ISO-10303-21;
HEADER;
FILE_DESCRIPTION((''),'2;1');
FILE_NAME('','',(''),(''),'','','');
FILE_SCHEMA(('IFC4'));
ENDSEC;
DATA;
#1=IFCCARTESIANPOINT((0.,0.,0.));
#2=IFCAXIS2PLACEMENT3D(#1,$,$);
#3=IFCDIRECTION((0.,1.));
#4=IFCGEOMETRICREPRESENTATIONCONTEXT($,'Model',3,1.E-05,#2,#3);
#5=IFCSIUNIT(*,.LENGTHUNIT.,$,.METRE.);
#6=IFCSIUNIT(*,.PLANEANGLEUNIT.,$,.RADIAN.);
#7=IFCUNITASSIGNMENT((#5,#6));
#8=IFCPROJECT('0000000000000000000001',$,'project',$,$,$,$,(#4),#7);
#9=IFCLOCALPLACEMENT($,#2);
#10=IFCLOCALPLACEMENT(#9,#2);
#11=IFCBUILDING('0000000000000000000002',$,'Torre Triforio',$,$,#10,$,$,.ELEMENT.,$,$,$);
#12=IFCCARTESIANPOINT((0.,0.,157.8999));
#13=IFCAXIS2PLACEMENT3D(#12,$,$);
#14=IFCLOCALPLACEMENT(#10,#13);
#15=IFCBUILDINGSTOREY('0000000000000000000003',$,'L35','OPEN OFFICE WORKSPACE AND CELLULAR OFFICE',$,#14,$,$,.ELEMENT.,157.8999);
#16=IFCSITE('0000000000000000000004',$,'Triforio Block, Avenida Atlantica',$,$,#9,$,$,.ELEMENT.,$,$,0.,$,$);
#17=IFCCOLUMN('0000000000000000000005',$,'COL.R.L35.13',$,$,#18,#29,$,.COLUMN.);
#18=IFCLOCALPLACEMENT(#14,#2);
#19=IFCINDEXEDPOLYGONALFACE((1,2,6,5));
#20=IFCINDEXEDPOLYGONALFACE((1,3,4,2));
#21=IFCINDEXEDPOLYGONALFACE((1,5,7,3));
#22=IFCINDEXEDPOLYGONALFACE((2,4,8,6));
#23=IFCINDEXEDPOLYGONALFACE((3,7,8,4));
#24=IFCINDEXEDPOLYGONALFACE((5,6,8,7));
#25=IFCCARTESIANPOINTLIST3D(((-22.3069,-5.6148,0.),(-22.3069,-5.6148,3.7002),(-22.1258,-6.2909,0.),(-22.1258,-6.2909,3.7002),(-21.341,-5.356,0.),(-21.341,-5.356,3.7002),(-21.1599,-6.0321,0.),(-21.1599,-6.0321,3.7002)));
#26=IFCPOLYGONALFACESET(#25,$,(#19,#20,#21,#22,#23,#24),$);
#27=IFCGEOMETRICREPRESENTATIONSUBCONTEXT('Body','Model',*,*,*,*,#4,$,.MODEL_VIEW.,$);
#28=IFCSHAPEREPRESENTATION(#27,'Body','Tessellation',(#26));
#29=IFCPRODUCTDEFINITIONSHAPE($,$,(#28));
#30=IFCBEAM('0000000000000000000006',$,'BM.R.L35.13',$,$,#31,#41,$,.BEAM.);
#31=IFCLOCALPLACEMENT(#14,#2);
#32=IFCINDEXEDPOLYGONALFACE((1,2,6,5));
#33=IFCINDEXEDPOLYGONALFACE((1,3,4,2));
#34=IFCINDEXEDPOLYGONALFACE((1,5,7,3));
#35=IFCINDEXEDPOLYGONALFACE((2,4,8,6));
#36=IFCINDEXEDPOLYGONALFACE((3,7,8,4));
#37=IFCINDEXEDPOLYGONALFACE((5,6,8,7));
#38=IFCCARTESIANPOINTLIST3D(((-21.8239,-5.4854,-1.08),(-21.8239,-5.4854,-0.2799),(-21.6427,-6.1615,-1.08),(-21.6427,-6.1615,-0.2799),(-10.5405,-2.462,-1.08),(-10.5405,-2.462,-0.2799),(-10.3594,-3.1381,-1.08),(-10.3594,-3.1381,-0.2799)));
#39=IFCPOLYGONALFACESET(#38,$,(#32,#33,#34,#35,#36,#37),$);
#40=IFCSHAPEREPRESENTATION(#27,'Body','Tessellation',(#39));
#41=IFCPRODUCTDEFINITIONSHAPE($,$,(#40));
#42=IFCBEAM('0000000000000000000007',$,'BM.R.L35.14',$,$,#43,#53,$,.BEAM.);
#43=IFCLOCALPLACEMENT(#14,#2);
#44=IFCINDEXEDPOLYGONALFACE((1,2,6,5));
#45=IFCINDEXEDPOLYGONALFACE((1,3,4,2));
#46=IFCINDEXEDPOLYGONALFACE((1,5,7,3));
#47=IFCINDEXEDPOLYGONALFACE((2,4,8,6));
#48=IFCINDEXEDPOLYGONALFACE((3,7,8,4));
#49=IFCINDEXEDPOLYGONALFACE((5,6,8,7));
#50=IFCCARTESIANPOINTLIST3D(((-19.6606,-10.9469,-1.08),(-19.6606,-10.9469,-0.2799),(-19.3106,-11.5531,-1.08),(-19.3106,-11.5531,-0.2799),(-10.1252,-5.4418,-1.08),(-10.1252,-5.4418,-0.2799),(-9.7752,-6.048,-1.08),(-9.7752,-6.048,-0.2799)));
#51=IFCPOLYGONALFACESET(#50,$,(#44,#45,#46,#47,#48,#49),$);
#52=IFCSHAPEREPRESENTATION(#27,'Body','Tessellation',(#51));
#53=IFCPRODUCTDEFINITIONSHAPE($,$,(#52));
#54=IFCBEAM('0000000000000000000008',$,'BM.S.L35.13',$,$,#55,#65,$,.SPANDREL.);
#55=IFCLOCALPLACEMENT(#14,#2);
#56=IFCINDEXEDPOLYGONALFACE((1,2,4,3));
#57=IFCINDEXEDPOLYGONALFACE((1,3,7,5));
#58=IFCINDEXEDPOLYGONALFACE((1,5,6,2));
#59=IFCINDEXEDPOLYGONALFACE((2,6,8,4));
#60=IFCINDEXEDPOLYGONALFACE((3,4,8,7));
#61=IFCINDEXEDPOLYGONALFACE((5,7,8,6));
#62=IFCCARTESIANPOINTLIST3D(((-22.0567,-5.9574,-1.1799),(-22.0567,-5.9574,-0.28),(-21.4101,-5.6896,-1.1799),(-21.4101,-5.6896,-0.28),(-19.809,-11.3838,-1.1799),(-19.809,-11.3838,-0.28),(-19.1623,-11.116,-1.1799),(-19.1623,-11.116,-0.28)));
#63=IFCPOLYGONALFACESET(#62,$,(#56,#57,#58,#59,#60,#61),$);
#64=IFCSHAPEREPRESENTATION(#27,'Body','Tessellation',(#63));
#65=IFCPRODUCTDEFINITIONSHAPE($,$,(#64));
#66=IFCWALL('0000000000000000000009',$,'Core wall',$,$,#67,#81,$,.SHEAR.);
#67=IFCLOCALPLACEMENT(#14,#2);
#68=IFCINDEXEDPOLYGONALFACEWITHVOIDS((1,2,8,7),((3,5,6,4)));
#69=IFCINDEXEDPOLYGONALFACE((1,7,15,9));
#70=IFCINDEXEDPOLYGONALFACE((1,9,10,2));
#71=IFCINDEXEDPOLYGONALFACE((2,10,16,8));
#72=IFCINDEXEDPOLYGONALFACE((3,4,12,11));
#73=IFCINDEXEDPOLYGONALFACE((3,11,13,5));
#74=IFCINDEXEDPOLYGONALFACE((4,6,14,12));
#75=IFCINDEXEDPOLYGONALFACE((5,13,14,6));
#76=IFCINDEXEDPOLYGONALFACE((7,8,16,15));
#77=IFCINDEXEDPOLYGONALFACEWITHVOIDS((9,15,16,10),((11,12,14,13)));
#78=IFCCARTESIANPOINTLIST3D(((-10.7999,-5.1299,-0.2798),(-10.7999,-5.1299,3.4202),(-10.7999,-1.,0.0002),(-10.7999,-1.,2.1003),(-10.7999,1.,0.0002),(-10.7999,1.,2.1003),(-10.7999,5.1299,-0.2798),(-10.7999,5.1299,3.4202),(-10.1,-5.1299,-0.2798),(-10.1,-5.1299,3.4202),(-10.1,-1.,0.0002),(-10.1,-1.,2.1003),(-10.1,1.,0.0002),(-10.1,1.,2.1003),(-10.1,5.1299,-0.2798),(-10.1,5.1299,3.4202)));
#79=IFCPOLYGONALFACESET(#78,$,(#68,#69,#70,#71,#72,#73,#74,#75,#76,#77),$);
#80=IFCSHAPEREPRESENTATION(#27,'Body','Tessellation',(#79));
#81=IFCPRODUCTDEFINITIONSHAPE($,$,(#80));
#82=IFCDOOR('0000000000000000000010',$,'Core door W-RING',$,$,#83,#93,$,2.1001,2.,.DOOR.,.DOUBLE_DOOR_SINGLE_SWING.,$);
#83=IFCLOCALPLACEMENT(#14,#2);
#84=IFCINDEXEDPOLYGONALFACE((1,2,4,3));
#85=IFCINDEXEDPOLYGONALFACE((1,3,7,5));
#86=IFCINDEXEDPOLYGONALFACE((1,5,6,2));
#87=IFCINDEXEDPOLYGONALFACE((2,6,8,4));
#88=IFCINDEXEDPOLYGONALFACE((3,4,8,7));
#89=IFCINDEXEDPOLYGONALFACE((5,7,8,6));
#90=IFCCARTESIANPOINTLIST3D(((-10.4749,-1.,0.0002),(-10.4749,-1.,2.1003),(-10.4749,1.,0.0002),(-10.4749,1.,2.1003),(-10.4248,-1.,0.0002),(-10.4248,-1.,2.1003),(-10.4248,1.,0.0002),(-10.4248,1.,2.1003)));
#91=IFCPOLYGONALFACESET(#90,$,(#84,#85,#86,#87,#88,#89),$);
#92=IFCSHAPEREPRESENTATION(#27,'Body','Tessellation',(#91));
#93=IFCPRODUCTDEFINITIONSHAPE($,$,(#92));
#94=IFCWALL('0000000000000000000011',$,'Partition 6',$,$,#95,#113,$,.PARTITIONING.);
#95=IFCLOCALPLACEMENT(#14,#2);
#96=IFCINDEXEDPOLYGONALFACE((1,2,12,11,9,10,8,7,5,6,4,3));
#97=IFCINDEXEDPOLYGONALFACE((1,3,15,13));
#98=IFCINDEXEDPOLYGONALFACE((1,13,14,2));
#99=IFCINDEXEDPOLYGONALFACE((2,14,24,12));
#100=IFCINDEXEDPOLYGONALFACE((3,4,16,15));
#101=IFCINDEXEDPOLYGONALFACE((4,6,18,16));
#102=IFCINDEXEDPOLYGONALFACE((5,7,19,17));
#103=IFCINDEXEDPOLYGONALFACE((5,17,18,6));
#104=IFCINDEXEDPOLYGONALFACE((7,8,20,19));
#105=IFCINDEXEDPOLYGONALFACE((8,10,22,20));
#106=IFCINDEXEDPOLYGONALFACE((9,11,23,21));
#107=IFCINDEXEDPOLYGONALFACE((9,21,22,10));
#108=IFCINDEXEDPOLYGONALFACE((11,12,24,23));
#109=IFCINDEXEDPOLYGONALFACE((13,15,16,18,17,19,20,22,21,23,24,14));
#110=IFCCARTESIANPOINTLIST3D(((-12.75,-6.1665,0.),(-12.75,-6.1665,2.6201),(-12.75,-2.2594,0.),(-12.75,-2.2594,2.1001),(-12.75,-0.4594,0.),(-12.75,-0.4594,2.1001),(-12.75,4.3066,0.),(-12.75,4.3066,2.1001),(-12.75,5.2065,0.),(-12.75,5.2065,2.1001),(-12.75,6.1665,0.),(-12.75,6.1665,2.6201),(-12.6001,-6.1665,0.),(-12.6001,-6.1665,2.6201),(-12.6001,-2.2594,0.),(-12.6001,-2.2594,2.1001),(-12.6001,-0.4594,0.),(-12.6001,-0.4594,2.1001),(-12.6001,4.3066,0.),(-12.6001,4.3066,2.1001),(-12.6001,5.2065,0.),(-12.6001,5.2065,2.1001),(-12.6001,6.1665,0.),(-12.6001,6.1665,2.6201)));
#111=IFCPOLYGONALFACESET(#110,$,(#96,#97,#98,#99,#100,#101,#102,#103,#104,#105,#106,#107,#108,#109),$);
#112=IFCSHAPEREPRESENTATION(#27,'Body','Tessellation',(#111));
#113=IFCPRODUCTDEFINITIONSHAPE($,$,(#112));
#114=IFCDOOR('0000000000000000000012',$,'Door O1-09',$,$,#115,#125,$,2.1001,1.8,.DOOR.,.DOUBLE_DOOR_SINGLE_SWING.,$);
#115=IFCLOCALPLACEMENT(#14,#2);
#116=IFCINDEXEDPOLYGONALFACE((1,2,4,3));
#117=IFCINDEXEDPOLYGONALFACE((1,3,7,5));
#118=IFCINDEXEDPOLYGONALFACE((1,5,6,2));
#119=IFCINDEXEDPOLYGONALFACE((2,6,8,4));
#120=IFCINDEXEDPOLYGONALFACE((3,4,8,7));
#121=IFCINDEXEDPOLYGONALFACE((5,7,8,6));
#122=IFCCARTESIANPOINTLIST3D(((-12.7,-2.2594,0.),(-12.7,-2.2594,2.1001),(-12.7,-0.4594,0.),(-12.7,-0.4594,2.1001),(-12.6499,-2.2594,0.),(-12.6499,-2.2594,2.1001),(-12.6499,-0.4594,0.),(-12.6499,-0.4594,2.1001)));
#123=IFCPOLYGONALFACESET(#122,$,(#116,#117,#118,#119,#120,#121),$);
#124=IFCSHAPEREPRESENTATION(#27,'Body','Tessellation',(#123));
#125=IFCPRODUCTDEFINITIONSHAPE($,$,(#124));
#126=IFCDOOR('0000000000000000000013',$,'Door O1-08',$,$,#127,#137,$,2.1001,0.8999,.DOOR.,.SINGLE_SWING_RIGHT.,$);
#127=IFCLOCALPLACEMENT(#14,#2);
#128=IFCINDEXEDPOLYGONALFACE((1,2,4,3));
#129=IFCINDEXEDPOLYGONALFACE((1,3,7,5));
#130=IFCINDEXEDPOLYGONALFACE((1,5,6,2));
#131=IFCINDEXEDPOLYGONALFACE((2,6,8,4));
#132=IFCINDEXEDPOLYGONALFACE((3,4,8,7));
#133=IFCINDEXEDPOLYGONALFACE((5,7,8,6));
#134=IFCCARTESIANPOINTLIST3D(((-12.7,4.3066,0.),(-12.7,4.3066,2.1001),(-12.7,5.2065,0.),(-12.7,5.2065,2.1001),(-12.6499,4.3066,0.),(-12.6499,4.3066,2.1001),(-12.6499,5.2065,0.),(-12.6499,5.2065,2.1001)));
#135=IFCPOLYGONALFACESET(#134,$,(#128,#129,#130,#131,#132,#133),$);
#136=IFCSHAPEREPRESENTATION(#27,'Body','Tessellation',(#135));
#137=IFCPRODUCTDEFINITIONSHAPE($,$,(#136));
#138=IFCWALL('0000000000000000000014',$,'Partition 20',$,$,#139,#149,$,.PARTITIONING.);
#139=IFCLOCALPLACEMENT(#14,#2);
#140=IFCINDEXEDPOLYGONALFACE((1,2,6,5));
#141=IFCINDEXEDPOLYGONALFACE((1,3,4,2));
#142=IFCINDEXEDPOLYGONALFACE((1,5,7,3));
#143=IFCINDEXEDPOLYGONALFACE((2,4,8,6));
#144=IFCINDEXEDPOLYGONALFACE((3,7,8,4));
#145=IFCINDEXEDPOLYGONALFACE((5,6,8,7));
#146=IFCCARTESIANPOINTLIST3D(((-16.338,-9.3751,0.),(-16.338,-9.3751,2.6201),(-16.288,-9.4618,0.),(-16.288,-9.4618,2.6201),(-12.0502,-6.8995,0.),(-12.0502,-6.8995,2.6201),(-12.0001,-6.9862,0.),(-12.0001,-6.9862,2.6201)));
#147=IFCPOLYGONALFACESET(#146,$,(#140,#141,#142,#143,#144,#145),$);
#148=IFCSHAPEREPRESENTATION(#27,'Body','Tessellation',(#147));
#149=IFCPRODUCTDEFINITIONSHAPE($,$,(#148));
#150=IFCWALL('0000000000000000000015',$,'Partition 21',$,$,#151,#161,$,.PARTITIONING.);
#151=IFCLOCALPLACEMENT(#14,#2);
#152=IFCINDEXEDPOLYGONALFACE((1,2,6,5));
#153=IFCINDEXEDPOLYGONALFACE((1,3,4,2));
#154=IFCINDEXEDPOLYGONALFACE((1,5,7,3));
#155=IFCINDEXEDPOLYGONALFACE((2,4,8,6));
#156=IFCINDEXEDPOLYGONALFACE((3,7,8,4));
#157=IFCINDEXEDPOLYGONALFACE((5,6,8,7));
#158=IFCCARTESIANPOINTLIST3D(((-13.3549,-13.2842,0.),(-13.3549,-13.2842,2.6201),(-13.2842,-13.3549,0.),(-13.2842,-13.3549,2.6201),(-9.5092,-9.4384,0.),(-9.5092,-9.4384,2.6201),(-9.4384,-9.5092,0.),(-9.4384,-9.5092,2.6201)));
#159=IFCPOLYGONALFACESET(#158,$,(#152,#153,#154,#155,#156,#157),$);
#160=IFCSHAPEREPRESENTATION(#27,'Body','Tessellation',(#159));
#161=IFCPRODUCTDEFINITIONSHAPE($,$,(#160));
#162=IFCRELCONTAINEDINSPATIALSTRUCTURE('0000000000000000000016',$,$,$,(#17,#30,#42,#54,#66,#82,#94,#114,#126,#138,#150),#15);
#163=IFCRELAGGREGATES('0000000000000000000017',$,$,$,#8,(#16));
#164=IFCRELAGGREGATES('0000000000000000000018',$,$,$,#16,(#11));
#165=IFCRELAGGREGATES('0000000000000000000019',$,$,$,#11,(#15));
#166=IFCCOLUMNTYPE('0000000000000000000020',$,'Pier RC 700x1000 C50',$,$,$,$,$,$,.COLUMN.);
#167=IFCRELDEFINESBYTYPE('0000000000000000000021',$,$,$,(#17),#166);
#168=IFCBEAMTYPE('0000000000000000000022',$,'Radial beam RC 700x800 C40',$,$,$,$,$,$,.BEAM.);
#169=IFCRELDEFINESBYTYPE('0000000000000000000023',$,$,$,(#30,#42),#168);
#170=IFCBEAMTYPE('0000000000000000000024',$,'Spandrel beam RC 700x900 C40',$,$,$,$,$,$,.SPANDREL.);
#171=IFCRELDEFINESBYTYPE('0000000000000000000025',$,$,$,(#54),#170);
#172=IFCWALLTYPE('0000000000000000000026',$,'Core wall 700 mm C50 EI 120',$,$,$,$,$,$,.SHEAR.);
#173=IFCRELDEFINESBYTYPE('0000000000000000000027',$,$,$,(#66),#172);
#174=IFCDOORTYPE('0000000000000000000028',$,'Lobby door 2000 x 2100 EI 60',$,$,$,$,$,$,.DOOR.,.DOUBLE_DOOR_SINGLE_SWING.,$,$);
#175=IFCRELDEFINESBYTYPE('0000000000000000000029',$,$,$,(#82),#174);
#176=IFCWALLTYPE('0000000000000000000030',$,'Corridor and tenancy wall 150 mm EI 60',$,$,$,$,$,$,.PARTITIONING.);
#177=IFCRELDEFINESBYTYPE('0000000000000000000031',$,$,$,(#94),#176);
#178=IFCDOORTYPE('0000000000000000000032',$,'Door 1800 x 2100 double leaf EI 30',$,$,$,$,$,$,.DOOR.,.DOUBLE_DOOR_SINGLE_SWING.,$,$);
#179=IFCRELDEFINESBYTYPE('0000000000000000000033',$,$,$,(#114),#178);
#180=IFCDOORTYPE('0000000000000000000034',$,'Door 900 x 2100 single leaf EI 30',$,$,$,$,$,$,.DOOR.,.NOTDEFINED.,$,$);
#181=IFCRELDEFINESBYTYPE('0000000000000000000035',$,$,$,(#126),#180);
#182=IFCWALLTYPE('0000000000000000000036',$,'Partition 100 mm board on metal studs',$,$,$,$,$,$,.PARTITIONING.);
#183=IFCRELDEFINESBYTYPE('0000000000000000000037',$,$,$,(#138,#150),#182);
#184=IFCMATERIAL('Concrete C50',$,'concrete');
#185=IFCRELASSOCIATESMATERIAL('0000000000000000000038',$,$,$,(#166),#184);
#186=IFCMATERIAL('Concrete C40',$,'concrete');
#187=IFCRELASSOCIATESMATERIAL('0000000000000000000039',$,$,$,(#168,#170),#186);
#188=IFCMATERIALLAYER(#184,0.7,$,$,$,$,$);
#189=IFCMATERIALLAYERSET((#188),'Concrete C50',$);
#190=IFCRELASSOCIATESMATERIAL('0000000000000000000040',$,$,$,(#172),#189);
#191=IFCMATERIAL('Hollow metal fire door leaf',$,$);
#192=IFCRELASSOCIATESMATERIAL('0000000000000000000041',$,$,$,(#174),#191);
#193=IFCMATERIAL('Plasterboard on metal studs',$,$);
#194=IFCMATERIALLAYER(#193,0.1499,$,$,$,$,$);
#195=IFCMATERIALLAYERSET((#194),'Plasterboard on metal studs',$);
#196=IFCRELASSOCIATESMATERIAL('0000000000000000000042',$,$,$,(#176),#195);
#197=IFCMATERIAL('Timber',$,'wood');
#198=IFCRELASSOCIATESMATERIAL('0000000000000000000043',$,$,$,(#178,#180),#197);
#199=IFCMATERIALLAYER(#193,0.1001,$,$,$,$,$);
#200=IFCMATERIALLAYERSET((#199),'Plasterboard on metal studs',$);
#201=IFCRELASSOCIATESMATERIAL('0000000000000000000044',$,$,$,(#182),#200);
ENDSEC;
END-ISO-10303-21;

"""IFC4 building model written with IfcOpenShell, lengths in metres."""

from ifc_helpers import new_model, si_unit, direction, frame, frame_2d, origin, origin_2d, place, context, subcontext, project, spatial, rectangle, extrude, material, layer, layer_set, material_profile, profile_set, type_object, element, fill, save


model = new_model("IFC4")

# Units and contexts
model_context = context("Model", 3, precision=1e-05, world=origin(), true_north=direction((0.0, 1.0)))
body_context = subcontext(model_context, "Body", "Model", "MODEL_VIEW")
ifc_project = project(units=[si_unit("LENGTHUNIT", "METRE"), si_unit("PLANEANGLEUNIT", "RADIAN")], contexts=[model_context])

# Site, building, storey
site_placement = place(None, origin())
site = spatial("IfcSite", under=ifc_project, at=site_placement, Name="Triforio Block, Avenida Atlantica", CompositionType="ELEMENT", RefElevation=0.0)
building_placement = place(site_placement, origin())
building = spatial("IfcBuilding", under=site, at=building_placement, Name="Torre Triforio", CompositionType="ELEMENT")
storey_placement = place(building_placement, frame((0.0, 0.0, 157.8999)))
storey = spatial("IfcBuildingStorey", under=building, at=storey_placement, Name="L35", Description="OPEN OFFICE WORKSPACE AND CELLULAR OFFICE", CompositionType="ELEMENT", Elevation=157.8999)

# Column
ifc_material_1 = material(Name="Concrete C50", Category="concrete")
ifc_material_profile_1 = material_profile(ifc_material_1, rectangle(XDim=0.7, YDim=1.0, at=origin_2d()), Name="RC 700x1000")
ifc_profile_set_1 = profile_set([ifc_material_profile_1], Name="Concrete C50")
column_type = type_object("IfcColumnType", Name="Pier RC 700x1000 C50", PredefinedType="COLUMN", material=ifc_profile_set_1)
column_placement = place(storey_placement, frame((-21.7334, -5.8235, 0.0), z_axis=(0.0, 0.0, 1.0), x_axis=(0.258819, -0.965926, 0.0)))
element("IfcColumn", 1, at=column_placement, inside=storey, type_object=column_type, Name="COL.R.L35.13", PredefinedType="COLUMN", context=body_context, shape_type="SweptSolid", body=[
    extrude(rectangle(XDim=0.7, YDim=1.0, at=origin_2d()), origin(), (0.0, 0.0, 1.0), 3.7002),
])

# Beams
ifc_material_2 = material(Name="Concrete C40", Category="concrete")
ifc_material_profile_2 = material_profile(ifc_material_2, rectangle(XDim=0.7, YDim=0.8, at=origin_2d()), Name="RC 700x800")
ifc_profile_set_2 = profile_set([ifc_material_profile_2], Name="Concrete C40")
beam_type_1 = type_object("IfcBeamType", Name="Radial beam RC 700x800 C40", PredefinedType="BEAM", material=ifc_profile_set_2)
beam_1_placement = place(storey_placement, frame((-10.45, -2.8, -0.6799), z_axis=(-0.965925, -0.258823, 0.0), x_axis=(0.258823, -0.965925, 0.0)))
element("IfcBeam", 2, at=beam_1_placement, inside=storey, type_object=beam_type_1, Name="BM.R.L35.13", PredefinedType="BEAM", context=body_context, shape_type="SweptSolid", body=[
    extrude(rectangle(XDim=0.7, YDim=0.8, at=origin_2d()), origin(), (0.0, 0.0, 1.0), 11.6814),
])
beam_2_placement = place(storey_placement, frame((-9.9502, -5.7449, -0.6799), z_axis=(-0.866031, -0.499991, 0.0), x_axis=(0.499991, -0.866031, 0.0)))
element("IfcBeam", 3, at=beam_2_placement, inside=storey, type_object=beam_type_1, Name="BM.R.L35.14", PredefinedType="BEAM", context=body_context, shape_type="SweptSolid", body=[
    extrude(rectangle(XDim=0.7, YDim=0.8, at=origin_2d()), origin(), (0.0, 0.0, 1.0), 11.0105),
])
ifc_material_profile_3 = material_profile(ifc_material_2, rectangle(XDim=0.7, YDim=0.8999, at=origin_2d()), Name="RC 700x900")
ifc_profile_set_3 = profile_set([ifc_material_profile_3], Name="Concrete C40")
beam_type_2 = type_object("IfcBeamType", Name="Spandrel beam RC 700x900 C40", PredefinedType="SPANDREL", material=ifc_profile_set_3)
beam_3_placement = place(storey_placement, frame((-21.7334, -5.8235, -0.73), z_axis=(0.382693, -0.923875, 0.0), x_axis=(0.923875, 0.382693, 0.0)))
element("IfcBeam", 4, at=beam_3_placement, inside=storey, type_object=beam_type_2, Name="BM.S.L35.13", PredefinedType="SPANDREL", context=body_context, shape_type="SweptSolid", body=[
    extrude(rectangle(XDim=0.7, YDim=0.8999, at=origin_2d()), origin(), (0.0, 0.0, 1.0), 5.8735),
])

# Wall, opening, door
ifc_layer_1 = layer(ifc_material_1, 0.7)
ifc_layer_set_1 = layer_set([ifc_layer_1], Name="Concrete C50")
wall_type_1 = type_object("IfcWallType", Name="Core wall 700 mm C50 EI 120", PredefinedType="SHEAR", material=ifc_layer_set_1)
wall_1_placement = place(storey_placement, frame((-10.45, -5.1299, -0.2798), z_axis=(0.0, 0.0, 1.0), x_axis=(0.0, 1.0, 0.0)))
wall_1 = element("IfcWall", 5, at=wall_1_placement, inside=storey, type_object=wall_type_1, Name="Core wall", PredefinedType="SHEAR", context=body_context, shape_type="SweptSolid", body=[
    extrude(rectangle(XDim=10.2598, YDim=0.7, at=frame_2d((5.1299, 0.0))), origin(), (0.0, 0.0, 1.0), 3.7),
])
opening_1_placement = place(wall_1_placement, frame((4.1299, 0.0, 0.28)))
opening_1 = element("IfcOpeningElement", 6, at=opening_1_placement, cuts=wall_1, PredefinedType="OPENING", context=body_context, shape_type="SweptSolid", body=[
    extrude(rectangle(XDim=2.0, YDim=2.1001, at=frame_2d((1.0, 1.05))), frame((0.0, 0.3599, 0.0), z_axis=(0.0, -1.0, 0.0), x_axis=(1.0, 0.0, 0.0)), (0.0, 0.0, 1.0), 0.72),
])
ifc_material_3 = material(Name="Hollow metal fire door leaf")
door_type_1 = type_object("IfcDoorType", Name="Lobby door 2000 x 2100 EI 60", OperationType="DOUBLE_DOOR_SINGLE_SWING", PredefinedType="DOOR", material=ifc_material_3)
door_1_placement = place(opening_1_placement, origin())
door_1 = element("IfcDoor", 7, at=door_1_placement, inside=storey, type_object=door_type_1, Name="Core door W-RING", OperationType="DOUBLE_DOOR_SINGLE_SWING", OverallHeight=2.1001, OverallWidth=2.0, PredefinedType="DOOR", context=body_context, shape_type="SweptSolid", body=[
    extrude(rectangle(XDim=2.0, YDim=2.1001, at=frame_2d((1.0, 1.05))), frame((0.0, 0.0249, 0.0), z_axis=(0.0, -1.0, 0.0), x_axis=(1.0, 0.0, 0.0)), (0.0, 0.0, 1.0), 0.05),
])
fill(opening_1, door_1)

# Wall, openings, doors
ifc_material_4 = material(Name="Plasterboard on metal studs")
ifc_layer_2 = layer(ifc_material_4, 0.1499)
ifc_layer_set_2 = layer_set([ifc_layer_2], Name="Plasterboard on metal studs")
wall_type_2 = type_object("IfcWallType", Name="Corridor and tenancy wall 150 mm EI 60", PredefinedType="PARTITIONING", material=ifc_layer_set_2)
wall_2_placement = place(storey_placement, frame((-12.675, -6.1665, 0.0), z_axis=(0.0, 0.0, 1.0), x_axis=(0.0, 1.0, 0.0)))
wall_2 = element("IfcWall", 8, at=wall_2_placement, inside=storey, type_object=wall_type_2, Name="Partition 6", PredefinedType="PARTITIONING", context=body_context, shape_type="SweptSolid", body=[
    extrude(rectangle(XDim=12.333, YDim=0.1499, at=frame_2d((6.1665, 0.0))), origin(), (0.0, 0.0, 1.0), 2.6201),
])
opening_2_placement = place(wall_2_placement, frame((10.4731, 0.0, 0.0)))
opening_2 = element("IfcOpeningElement", 9, at=opening_2_placement, cuts=wall_2, PredefinedType="OPENING", context=body_context, shape_type="SweptSolid", body=[
    extrude(rectangle(XDim=0.8999, YDim=2.1001, at=frame_2d((0.45, 1.05))), frame((0.0, 0.085, 0.0), z_axis=(0.0, -1.0, 0.0), x_axis=(1.0, 0.0, 0.0)), (0.0, 0.0, 1.0), 0.1699),
])
opening_3_placement = place(wall_2_placement, frame((3.9072, 0.0, 0.0)))
opening_3 = element("IfcOpeningElement", 10, at=opening_3_placement, cuts=wall_2, PredefinedType="OPENING", context=body_context, shape_type="SweptSolid", body=[
    extrude(rectangle(XDim=1.8, YDim=2.1001, at=frame_2d((0.8999, 1.05))), frame((0.0, 0.085, 0.0), z_axis=(0.0, -1.0, 0.0), x_axis=(1.0, 0.0, 0.0)), (0.0, 0.0, 1.0), 0.1699),
])
ifc_material_5 = material(Name="Timber", Category="wood")
door_type_2 = type_object("IfcDoorType", Name="Door 1800 x 2100 double leaf EI 30", OperationType="DOUBLE_DOOR_SINGLE_SWING", PredefinedType="DOOR", material=ifc_material_5)
door_2_placement = place(opening_3_placement, origin())
door_2 = element("IfcDoor", 11, at=door_2_placement, inside=storey, type_object=door_type_2, Name="Door O1-09", OperationType="DOUBLE_DOOR_SINGLE_SWING", OverallHeight=2.1001, OverallWidth=1.8, PredefinedType="DOOR", context=body_context, shape_type="SweptSolid", body=[
    extrude(rectangle(XDim=1.8, YDim=2.1001, at=frame_2d((0.8999, 1.05))), frame((0.0, 0.0249, 0.0), z_axis=(0.0, -1.0, 0.0), x_axis=(1.0, 0.0, 0.0)), (0.0, 0.0, 1.0), 0.05),
])
fill(opening_3, door_2)
door_type_3 = type_object("IfcDoorType", Name="Door 900 x 2100 single leaf EI 30", OperationType="NOTDEFINED", PredefinedType="DOOR", material=ifc_material_5)
door_3_placement = place(opening_2_placement, origin())
door_3 = element("IfcDoor", 12, at=door_3_placement, inside=storey, type_object=door_type_3, Name="Door O1-08", OperationType="SINGLE_SWING_RIGHT", OverallHeight=2.1001, OverallWidth=0.8999, PredefinedType="DOOR", context=body_context, shape_type="SweptSolid", body=[
    extrude(rectangle(XDim=0.8999, YDim=2.1001, at=frame_2d((0.45, 1.05))), frame((0.0, 0.0249, 0.0), z_axis=(0.0, -1.0, 0.0), x_axis=(1.0, 0.0, 0.0)), (0.0, 0.0, 1.0), 0.05),
])
fill(opening_2, door_3)

# Walls
ifc_layer_3 = layer(ifc_material_4, 0.1001)
ifc_layer_set_3 = layer_set([ifc_layer_3], Name="Plasterboard on metal studs")
wall_type_3 = type_object("IfcWallType", Name="Partition 100 mm board on metal studs", PredefinedType="PARTITIONING", material=ifc_layer_set_3)
wall_3_placement = place(storey_placement, frame((-12.0251, -6.9429, 0.0), z_axis=(0.0, 0.0, 1.0), x_axis=(-0.866025, -0.5, 0.0)))
element("IfcWall", 13, at=wall_3_placement, inside=storey, type_object=wall_type_3, Name="Partition 20", PredefinedType="PARTITIONING", context=body_context, shape_type="SweptSolid", body=[
    extrude(rectangle(XDim=4.9512, YDim=0.1001, at=frame_2d((2.4756, 0.0))), origin(), (0.0, 0.0, 1.0), 2.6201),
])
wall_4_placement = place(storey_placement, frame((-9.4739, -9.4739, 0.0), z_axis=(0.0, 0.0, 1.0), x_axis=(-0.707107, -0.707107, 0.0)))
element("IfcWall", 14, at=wall_4_placement, inside=storey, type_object=wall_type_3, Name="Partition 21", PredefinedType="PARTITIONING", context=body_context, shape_type="SweptSolid", body=[
    extrude(rectangle(XDim=5.4387, YDim=0.1001, at=frame_2d((2.7192, 0.0))), origin(), (0.0, 0.0, 1.0), 2.6201),
])

save(model, "model.ifc")
